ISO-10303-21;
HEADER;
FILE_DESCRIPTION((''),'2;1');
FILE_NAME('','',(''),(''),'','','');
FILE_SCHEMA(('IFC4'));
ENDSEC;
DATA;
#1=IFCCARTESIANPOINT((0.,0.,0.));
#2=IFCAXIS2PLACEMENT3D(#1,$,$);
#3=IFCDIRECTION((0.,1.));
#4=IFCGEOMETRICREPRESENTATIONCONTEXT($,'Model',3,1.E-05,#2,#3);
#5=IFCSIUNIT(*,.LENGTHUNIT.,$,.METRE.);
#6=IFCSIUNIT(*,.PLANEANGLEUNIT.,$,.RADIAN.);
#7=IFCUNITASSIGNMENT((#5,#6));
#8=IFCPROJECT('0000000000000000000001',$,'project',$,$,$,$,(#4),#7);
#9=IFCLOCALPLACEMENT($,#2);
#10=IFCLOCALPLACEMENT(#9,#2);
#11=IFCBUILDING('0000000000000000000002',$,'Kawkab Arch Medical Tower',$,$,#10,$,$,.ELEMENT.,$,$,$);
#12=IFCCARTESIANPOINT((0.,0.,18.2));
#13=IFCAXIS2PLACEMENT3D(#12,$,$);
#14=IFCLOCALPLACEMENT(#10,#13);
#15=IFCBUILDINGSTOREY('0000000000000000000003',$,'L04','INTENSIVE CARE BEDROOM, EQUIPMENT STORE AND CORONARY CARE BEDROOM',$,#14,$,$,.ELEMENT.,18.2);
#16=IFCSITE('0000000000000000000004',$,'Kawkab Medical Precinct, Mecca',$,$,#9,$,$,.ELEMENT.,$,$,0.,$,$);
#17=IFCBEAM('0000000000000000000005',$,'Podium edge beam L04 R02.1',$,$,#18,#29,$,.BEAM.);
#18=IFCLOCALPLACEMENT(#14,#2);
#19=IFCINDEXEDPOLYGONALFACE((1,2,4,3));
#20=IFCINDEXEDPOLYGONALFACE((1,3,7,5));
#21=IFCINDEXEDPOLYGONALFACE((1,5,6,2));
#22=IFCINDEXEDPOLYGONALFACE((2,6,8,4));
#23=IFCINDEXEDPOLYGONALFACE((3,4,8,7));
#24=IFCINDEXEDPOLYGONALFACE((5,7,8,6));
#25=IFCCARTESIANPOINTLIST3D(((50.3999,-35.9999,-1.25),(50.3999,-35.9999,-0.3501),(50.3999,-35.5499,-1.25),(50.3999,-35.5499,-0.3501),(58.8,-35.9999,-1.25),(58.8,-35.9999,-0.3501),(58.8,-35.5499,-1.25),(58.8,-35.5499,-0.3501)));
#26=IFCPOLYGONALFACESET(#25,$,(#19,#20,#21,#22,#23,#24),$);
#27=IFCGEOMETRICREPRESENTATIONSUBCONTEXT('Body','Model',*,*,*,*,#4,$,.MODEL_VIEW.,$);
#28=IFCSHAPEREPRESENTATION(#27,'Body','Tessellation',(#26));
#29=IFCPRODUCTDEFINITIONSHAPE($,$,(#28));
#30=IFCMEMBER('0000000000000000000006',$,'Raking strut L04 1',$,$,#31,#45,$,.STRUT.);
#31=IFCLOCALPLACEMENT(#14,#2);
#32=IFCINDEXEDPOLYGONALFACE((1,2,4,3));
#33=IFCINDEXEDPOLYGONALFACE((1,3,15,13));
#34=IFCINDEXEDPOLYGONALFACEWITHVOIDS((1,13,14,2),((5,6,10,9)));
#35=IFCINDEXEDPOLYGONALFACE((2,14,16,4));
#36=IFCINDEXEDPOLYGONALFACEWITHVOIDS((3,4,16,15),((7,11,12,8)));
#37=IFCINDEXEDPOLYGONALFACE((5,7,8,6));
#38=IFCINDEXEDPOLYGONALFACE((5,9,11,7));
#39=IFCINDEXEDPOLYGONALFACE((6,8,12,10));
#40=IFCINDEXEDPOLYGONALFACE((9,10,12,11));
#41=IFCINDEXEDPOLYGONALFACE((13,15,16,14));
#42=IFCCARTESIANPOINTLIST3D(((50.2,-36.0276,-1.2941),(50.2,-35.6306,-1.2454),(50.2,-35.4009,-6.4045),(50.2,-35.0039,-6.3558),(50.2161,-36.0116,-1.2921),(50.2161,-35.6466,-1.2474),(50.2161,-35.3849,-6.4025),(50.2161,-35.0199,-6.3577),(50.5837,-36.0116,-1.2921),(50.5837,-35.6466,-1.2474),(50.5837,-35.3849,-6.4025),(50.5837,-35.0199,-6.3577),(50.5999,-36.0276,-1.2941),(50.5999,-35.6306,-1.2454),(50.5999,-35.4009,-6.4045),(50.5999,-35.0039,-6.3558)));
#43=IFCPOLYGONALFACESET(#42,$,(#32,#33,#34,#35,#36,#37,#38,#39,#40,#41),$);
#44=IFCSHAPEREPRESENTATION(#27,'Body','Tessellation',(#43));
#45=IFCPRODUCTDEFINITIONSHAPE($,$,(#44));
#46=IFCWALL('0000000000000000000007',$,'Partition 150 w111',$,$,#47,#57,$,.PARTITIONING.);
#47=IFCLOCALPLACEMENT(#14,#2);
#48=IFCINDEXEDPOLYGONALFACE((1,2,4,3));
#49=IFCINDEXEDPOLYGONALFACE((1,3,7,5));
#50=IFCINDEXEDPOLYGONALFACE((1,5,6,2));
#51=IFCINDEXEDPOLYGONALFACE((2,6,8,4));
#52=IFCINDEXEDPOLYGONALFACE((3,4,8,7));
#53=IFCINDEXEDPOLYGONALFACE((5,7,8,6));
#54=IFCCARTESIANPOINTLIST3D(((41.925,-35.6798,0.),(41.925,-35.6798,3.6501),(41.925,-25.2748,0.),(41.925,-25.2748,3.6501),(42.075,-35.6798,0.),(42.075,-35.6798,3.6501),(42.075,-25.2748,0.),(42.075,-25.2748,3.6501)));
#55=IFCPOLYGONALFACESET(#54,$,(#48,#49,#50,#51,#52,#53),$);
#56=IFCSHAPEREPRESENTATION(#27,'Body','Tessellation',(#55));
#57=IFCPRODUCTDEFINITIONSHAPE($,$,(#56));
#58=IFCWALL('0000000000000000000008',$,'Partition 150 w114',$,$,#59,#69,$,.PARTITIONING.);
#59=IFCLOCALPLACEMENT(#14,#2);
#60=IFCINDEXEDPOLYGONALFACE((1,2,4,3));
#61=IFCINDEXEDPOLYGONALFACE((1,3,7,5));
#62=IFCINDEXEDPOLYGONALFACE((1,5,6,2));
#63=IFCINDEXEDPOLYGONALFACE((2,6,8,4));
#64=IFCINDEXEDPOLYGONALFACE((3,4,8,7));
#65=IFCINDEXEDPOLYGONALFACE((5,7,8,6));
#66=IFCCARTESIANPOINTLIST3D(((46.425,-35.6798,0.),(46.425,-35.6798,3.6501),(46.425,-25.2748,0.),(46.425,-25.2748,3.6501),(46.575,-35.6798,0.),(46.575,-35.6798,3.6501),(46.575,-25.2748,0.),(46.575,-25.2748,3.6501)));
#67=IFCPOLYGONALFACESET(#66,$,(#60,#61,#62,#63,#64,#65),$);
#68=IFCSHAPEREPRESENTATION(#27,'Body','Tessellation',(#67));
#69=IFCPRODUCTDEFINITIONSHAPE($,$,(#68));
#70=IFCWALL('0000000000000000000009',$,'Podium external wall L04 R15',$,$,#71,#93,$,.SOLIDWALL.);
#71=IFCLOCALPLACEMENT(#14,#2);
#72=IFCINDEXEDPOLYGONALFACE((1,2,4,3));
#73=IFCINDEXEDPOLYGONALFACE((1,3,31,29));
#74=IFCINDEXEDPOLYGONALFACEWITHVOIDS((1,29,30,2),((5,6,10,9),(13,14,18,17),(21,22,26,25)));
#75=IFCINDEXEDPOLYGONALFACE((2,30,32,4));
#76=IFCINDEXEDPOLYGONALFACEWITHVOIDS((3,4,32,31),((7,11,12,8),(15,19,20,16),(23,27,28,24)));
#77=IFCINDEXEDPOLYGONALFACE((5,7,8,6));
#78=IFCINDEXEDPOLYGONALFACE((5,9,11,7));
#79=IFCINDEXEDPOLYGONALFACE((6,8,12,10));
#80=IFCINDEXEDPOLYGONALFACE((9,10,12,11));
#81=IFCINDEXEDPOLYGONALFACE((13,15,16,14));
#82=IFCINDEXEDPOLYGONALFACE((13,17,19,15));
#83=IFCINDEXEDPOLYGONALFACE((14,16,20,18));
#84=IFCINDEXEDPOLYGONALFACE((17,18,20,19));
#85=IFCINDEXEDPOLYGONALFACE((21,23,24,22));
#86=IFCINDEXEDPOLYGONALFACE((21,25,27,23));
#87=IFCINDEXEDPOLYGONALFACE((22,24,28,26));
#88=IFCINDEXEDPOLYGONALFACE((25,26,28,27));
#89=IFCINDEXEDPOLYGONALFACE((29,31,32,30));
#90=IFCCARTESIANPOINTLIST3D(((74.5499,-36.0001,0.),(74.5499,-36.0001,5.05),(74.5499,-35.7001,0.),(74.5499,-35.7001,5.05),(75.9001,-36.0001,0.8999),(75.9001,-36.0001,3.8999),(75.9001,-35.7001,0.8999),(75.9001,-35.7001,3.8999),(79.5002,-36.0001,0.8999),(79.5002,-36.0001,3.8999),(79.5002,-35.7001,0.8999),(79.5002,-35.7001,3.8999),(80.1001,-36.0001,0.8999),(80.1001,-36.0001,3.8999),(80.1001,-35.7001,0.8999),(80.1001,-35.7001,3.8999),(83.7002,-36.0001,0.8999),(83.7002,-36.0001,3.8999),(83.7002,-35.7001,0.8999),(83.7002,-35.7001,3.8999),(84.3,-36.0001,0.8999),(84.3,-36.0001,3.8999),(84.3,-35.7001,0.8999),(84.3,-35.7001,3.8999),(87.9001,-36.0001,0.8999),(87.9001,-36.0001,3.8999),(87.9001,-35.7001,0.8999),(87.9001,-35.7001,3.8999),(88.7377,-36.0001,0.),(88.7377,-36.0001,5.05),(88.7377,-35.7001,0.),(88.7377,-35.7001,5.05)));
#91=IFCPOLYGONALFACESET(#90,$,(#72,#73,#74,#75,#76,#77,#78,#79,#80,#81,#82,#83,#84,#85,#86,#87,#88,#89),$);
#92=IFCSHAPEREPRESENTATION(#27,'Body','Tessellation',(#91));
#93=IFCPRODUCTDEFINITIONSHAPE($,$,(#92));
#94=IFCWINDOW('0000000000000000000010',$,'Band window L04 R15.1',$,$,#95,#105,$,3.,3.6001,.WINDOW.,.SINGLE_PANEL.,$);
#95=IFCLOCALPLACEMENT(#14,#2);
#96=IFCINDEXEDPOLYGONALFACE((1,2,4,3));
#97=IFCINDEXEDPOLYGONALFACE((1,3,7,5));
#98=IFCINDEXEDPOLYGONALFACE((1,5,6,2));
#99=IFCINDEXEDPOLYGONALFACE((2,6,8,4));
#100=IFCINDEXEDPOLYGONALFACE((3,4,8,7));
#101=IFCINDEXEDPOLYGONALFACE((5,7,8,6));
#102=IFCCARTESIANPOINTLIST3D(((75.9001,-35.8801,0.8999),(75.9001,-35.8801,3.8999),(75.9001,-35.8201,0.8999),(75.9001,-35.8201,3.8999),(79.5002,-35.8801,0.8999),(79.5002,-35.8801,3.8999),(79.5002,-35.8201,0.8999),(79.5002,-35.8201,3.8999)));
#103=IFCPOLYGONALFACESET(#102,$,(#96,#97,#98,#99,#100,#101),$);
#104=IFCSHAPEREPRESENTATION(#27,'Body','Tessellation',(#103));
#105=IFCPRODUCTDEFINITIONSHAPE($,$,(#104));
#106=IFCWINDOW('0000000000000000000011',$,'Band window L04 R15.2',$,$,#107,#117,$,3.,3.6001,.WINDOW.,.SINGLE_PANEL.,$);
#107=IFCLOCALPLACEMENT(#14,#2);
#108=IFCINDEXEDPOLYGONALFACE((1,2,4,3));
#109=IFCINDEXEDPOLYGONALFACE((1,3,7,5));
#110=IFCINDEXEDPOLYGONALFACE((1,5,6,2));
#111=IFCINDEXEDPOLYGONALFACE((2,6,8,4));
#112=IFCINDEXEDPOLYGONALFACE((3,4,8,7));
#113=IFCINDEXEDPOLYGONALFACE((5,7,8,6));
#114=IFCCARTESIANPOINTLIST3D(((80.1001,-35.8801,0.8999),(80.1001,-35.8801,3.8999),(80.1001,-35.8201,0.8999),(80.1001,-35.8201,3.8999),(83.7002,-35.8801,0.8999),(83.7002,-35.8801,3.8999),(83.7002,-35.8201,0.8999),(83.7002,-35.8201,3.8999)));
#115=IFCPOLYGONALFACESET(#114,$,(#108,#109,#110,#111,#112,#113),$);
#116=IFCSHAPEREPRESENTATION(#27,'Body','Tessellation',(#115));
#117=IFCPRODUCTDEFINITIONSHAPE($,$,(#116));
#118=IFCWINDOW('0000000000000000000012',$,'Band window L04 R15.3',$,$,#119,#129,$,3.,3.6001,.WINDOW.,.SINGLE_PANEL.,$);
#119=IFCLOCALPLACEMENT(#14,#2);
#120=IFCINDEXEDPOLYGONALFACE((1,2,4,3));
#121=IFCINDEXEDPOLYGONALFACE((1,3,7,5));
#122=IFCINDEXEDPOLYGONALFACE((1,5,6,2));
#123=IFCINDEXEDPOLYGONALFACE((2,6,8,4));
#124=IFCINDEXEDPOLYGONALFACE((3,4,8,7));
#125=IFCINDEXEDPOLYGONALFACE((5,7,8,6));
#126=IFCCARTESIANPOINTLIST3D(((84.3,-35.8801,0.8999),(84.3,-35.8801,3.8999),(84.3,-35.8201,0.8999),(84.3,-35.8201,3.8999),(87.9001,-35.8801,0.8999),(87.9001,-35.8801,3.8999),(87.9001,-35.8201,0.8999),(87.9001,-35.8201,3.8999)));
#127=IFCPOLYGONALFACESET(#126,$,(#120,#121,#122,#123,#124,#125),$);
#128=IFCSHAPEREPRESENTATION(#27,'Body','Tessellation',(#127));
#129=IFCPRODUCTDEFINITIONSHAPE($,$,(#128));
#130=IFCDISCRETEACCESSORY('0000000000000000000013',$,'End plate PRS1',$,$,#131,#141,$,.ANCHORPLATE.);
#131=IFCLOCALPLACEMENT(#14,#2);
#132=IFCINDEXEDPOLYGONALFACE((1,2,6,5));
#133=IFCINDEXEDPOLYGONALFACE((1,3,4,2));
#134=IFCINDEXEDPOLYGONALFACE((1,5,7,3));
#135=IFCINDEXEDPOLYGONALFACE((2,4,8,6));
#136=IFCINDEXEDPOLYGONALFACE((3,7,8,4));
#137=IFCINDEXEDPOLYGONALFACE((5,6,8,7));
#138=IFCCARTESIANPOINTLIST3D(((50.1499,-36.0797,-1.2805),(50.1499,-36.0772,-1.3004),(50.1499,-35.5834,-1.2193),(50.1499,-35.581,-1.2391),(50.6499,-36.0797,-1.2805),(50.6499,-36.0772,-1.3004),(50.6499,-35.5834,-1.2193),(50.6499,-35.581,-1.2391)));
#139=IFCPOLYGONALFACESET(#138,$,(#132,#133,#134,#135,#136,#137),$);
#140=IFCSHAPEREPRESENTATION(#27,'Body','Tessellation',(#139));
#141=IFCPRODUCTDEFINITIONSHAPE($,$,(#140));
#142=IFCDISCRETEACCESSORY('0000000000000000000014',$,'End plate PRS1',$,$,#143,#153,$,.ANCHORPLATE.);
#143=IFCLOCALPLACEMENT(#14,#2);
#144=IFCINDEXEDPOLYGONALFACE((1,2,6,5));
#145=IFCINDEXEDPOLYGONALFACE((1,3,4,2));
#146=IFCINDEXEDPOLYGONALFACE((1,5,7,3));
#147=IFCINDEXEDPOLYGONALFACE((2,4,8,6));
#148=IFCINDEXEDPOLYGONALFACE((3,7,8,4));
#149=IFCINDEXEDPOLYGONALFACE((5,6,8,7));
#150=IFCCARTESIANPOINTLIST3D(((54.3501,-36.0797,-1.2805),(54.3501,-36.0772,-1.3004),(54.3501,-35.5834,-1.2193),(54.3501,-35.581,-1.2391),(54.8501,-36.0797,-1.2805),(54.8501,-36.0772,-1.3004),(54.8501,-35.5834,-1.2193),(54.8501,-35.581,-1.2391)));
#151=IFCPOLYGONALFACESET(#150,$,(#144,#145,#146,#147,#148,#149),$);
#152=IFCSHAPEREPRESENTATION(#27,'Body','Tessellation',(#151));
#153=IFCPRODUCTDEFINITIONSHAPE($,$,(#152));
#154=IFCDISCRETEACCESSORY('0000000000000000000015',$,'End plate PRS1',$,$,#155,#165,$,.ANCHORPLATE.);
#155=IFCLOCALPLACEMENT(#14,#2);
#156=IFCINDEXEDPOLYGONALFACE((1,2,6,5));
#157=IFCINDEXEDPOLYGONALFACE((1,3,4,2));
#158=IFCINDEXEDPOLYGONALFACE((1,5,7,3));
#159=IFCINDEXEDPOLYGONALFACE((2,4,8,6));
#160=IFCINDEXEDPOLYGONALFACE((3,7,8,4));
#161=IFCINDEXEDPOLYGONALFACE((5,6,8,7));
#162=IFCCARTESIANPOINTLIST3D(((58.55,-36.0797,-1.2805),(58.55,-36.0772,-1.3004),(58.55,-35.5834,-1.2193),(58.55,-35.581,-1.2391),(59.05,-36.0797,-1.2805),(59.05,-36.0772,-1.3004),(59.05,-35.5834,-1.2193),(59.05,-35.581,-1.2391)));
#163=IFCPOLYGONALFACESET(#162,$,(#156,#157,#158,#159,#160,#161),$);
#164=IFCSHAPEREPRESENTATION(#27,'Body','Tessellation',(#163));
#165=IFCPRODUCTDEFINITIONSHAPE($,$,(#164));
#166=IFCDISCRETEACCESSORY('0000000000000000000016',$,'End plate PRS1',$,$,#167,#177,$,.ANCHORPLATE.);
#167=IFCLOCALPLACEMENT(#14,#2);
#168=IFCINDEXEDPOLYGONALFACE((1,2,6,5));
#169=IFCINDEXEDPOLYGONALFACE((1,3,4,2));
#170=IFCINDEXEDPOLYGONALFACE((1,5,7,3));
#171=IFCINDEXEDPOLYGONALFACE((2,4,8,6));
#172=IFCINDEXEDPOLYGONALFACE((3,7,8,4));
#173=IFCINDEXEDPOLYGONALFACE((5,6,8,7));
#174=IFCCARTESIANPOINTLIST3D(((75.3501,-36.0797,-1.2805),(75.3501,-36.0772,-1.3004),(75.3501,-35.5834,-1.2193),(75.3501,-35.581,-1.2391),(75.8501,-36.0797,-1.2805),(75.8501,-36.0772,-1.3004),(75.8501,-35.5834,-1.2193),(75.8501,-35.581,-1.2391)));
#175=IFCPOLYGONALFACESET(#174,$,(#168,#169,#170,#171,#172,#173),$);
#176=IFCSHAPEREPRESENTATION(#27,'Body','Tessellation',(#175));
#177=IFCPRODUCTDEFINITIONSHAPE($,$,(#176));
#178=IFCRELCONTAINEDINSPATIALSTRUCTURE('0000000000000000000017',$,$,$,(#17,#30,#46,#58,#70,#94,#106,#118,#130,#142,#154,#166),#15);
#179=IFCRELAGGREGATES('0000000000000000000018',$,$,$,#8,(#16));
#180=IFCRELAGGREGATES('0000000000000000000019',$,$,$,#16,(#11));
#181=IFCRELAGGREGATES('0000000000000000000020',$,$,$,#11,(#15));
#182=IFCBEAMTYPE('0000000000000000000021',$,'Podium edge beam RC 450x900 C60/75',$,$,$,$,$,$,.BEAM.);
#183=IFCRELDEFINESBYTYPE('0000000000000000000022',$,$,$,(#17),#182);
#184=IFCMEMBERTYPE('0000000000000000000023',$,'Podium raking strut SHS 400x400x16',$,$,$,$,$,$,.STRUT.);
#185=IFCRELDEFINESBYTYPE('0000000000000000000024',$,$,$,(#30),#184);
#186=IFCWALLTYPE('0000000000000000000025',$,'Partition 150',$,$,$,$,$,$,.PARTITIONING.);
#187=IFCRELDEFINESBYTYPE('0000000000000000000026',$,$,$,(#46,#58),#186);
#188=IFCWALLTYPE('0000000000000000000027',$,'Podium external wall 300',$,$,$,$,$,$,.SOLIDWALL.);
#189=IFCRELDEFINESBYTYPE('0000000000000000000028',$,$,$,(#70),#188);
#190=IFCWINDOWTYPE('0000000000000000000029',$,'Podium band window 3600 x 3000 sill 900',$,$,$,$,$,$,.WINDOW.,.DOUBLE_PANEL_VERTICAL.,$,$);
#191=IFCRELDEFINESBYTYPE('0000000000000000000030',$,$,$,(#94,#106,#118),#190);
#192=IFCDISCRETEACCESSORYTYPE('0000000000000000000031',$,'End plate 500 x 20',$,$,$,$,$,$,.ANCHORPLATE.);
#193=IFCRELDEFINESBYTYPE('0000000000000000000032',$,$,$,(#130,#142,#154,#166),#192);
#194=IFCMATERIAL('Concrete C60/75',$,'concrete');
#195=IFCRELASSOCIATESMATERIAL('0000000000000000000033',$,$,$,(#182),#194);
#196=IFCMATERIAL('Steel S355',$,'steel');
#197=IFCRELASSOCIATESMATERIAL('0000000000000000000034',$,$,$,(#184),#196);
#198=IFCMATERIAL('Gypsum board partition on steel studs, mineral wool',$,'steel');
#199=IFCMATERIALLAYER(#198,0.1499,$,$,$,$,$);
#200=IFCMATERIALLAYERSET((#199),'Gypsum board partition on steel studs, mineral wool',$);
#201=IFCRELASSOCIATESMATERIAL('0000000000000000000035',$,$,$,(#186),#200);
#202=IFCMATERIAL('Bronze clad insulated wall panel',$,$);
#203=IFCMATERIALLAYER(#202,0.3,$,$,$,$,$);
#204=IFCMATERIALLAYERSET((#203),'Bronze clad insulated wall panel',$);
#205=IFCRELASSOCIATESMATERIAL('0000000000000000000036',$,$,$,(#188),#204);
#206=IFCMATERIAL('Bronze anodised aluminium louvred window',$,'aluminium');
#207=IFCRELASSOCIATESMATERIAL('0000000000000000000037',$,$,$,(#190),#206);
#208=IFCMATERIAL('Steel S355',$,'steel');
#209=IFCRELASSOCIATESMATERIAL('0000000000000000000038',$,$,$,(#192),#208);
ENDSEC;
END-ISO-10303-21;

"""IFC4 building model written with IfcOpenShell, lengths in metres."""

from ifc_helpers import new_model, si_unit, direction, frame, frame_2d, origin, origin_2d, place, context, subcontext, project, spatial, rectangle, hollow_rectangle, extrude, material, layer, layer_set, material_profile, profile_set, type_object, element, fill, save


model = new_model("IFC4")

# Units and contexts
model_context = context("Model", 3, precision=1e-05, world=origin(), true_north=direction((0.0, 1.0)))
body_context = subcontext(model_context, "Body", "Model", "MODEL_VIEW")
ifc_project = project(units=[si_unit("LENGTHUNIT", "METRE"), si_unit("PLANEANGLEUNIT", "RADIAN")], contexts=[model_context])

# Site, building, storey
site_placement = place(None, origin())
site = spatial("IfcSite", under=ifc_project, at=site_placement, Name="Kawkab Medical Precinct, Mecca", CompositionType="ELEMENT", RefElevation=0.0)
building_placement = place(site_placement, origin())
building = spatial("IfcBuilding", under=site, at=building_placement, Name="Kawkab Arch Medical Tower", CompositionType="ELEMENT")
storey_placement = place(building_placement, frame((0.0, 0.0, 18.2)))
storey = spatial("IfcBuildingStorey", under=building, at=storey_placement, Name="L04", Description="INTENSIVE CARE BEDROOM, EQUIPMENT STORE AND CORONARY CARE BEDROOM", CompositionType="ELEMENT", Elevation=18.2)

# Beam
ifc_material_1 = material(Name="Concrete C60/75", Category="concrete")
ifc_material_profile_1 = material_profile(ifc_material_1, rectangle(XDim=0.45, YDim=0.8999, at=origin_2d()), Name="RC 450x900")
ifc_profile_set_1 = profile_set([ifc_material_profile_1], Name="Concrete C60/75")
beam_type = type_object("IfcBeamType", Name="Podium edge beam RC 450x900 C60/75", PredefinedType="BEAM", material=ifc_profile_set_1)
beam_placement = place(storey_placement, frame((50.3999, -35.7749, -0.8), z_axis=(1.0, 0.0, 0.0), x_axis=(0.0, 1.0, 0.0)))
element("IfcBeam", 1, at=beam_placement, inside=storey, type_object=beam_type, Name="Podium edge beam L04 R02.1", PredefinedType="BEAM", context=body_context, shape_type="SweptSolid", body=[
    extrude(rectangle(XDim=0.45, YDim=0.8999, at=origin_2d()), origin(), (0.0, 0.0, 1.0), 8.4001),
])

# Member
ifc_material_2 = material(Name="Steel S355", Category="steel")
ifc_material_profile_2 = material_profile(ifc_material_2, hollow_rectangle(XDim=0.3999, YDim=0.3999, WallThickness=0.0161, at=origin_2d()), Name="SHS 400x400x16")
ifc_profile_set_2 = profile_set([ifc_material_profile_2], Name="Steel S355")
member_type = type_object("IfcMemberType", Name="Podium raking strut SHS 400x400x16", PredefinedType="STRUT", material=ifc_profile_set_2)
member_placement = place(storey_placement, frame((50.3999, -35.2024, -6.3801), z_axis=(0.0, -0.121723, 0.992564), x_axis=(1.0, 0.0, 0.0)))
element("IfcMember", 2, at=member_placement, inside=storey, type_object=member_type, Name="Raking strut L04 1", PredefinedType="STRUT", context=body_context, shape_type="SweptSolid", body=[
    extrude(hollow_rectangle(XDim=0.3999, YDim=0.3999, WallThickness=0.0161, at=origin_2d()), origin(), (0.0, 0.0, 1.0), 5.1487),
])

# Walls
ifc_material_3 = material(Name="Gypsum board partition on steel studs, mineral wool", Category="steel")
ifc_layer_1 = layer(ifc_material_3, 0.1499)
ifc_layer_set_1 = layer_set([ifc_layer_1], Name="Gypsum board partition on steel studs, mineral wool")
wall_type_1 = type_object("IfcWallType", Name="Partition 150", PredefinedType="PARTITIONING", material=ifc_layer_set_1)
for number, where, z_axis, x_axis, name in (
    (3, (42.0, -35.6799, 0.0), (0.0, 0.0, 1.0), (0.0, 1.0, 0.0), "Partition 150 w111"),
    (4, (46.5, -35.6799, 0.0), (0.0, 0.0, 1.0), (0.0, 1.0, 0.0), "Partition 150 w114"),
):
    element("IfcWall", number, at=place(storey_placement, frame(where, z_axis=z_axis, x_axis=x_axis)), inside=storey, type_object=wall_type_1, Name=name, PredefinedType="PARTITIONING", context=body_context, shape_type="SweptSolid", body=[
        extrude(rectangle(XDim=10.405, YDim=0.1499, at=frame_2d((5.2026, 0.0))), origin(), (0.0, 0.0, 1.0), 3.6501),
    ])

# Wall, openings, windows
ifc_material_4 = material(Name="Bronze clad insulated wall panel")
ifc_layer_2 = layer(ifc_material_4, 0.3)
ifc_layer_set_2 = layer_set([ifc_layer_2], Name="Bronze clad insulated wall panel")
wall_type_2 = type_object("IfcWallType", Name="Podium external wall 300", PredefinedType="SOLIDWALL", material=ifc_layer_set_2)
wall_placement = place(storey_placement, frame((74.55, -35.8501, 0.0), z_axis=(0.0, 0.0, 1.0), x_axis=(1.0, 0.0, 0.0)))
wall = element("IfcWall", 5, at=wall_placement, inside=storey, type_object=wall_type_2, Name="Podium external wall L04 R15", PredefinedType="SOLIDWALL", context=body_context, shape_type="SweptSolid", body=[
    extrude(rectangle(XDim=14.1877, YDim=0.3, at=frame_2d((7.0938, 0.0))), origin(), (0.0, 0.0, 1.0), 5.05),
])
opening_1_placement = place(wall_placement, frame((1.3501, 0.0, 0.8999)))
opening_1 = element("IfcOpeningElement", 6, at=opening_1_placement, cuts=wall, PredefinedType="OPENING", context=body_context, shape_type="SweptSolid", body=[
    extrude(rectangle(XDim=3.6001, YDim=3.0, at=frame_2d((1.8, 1.5))), frame((0.0, 0.1599, 0.0), z_axis=(0.0, -1.0, 0.0), x_axis=(1.0, 0.0, 0.0)), (0.0, 0.0, 1.0), 0.3201),
])
opening_2_placement = place(wall_placement, frame((5.55, 0.0, 0.8999)))
opening_2 = element("IfcOpeningElement", 7, at=opening_2_placement, cuts=wall, PredefinedType="OPENING", context=body_context, shape_type="SweptSolid", body=[
    extrude(rectangle(XDim=3.6001, YDim=3.0, at=frame_2d((1.8, 1.5))), frame((0.0, 0.1599, 0.0), z_axis=(0.0, -1.0, 0.0), x_axis=(1.0, 0.0, 0.0)), (0.0, 0.0, 1.0), 0.3201),
])
opening_3_placement = place(wall_placement, frame((9.75, 0.0, 0.8999)))
opening_3 = element("IfcOpeningElement", 8, at=opening_3_placement, cuts=wall, PredefinedType="OPENING", context=body_context, shape_type="SweptSolid", body=[
    extrude(rectangle(XDim=3.6001, YDim=3.0, at=frame_2d((1.8, 1.5))), frame((0.0, 0.1599, 0.0), z_axis=(0.0, -1.0, 0.0), x_axis=(1.0, 0.0, 0.0)), (0.0, 0.0, 1.0), 0.3201),
])
ifc_material_5 = material(Name="Bronze anodised aluminium louvred window", Category="aluminium")
window_type = type_object("IfcWindowType", Name="Podium band window 3600 x 3000 sill 900", PartitioningType="DOUBLE_PANEL_VERTICAL", PredefinedType="WINDOW", material=ifc_material_5)
window_1_placement = place(opening_1_placement, origin())
window_1 = element("IfcWindow", 9, at=window_1_placement, inside=storey, type_object=window_type, Name="Band window L04 R15.1", OverallHeight=3.0, OverallWidth=3.6001, PartitioningType="SINGLE_PANEL", PredefinedType="WINDOW", context=body_context, shape_type="SweptSolid", body=[
    extrude(rectangle(XDim=3.6001, YDim=3.0, at=frame_2d((1.8, 1.5))), frame((0.0, 0.03, 0.0), z_axis=(0.0, -1.0, 0.0), x_axis=(1.0, 0.0, 0.0)), (0.0, 0.0, 1.0), 0.0601),
])
fill(opening_1, window_1)
window_2_placement = place(opening_2_placement, origin())
window_2 = element("IfcWindow", 10, at=window_2_placement, inside=storey, type_object=window_type, Name="Band window L04 R15.2", OverallHeight=3.0, OverallWidth=3.6001, PartitioningType="SINGLE_PANEL", PredefinedType="WINDOW", context=body_context, shape_type="SweptSolid", body=[
    extrude(rectangle(XDim=3.6001, YDim=3.0, at=frame_2d((1.8, 1.5))), frame((0.0, 0.03, 0.0), z_axis=(0.0, -1.0, 0.0), x_axis=(1.0, 0.0, 0.0)), (0.0, 0.0, 1.0), 0.0601),
])
fill(opening_2, window_2)
window_3_placement = place(opening_3_placement, origin())
window_3 = element("IfcWindow", 11, at=window_3_placement, inside=storey, type_object=window_type, Name="Band window L04 R15.3", OverallHeight=3.0, OverallWidth=3.6001, PartitioningType="SINGLE_PANEL", PredefinedType="WINDOW", context=body_context, shape_type="SweptSolid", body=[
    extrude(rectangle(XDim=3.6001, YDim=3.0, at=frame_2d((1.8, 1.5))), frame((0.0, 0.03, 0.0), z_axis=(0.0, -1.0, 0.0), x_axis=(1.0, 0.0, 0.0)), (0.0, 0.0, 1.0), 0.0601),
])
fill(opening_3, window_3)

# Discrete accessories
ifc_material_6 = material(Name="Steel S355", Category="steel")
ifc_material_profile_3 = material_profile(ifc_material_6, rectangle(XDim=0.5, YDim=0.5, at=origin_2d()), Name="End plate 500 x 20")
ifc_profile_set_3 = profile_set([ifc_material_profile_3], Name="Steel S355")
discrete_accessory_type = type_object("IfcDiscreteAccessoryType", Name="End plate 500 x 20", PredefinedType="ANCHORPLATE", material=ifc_profile_set_3)
for number, where, z_axis, x_axis, name in (
    (12, (50.3999, -35.8291, -1.2698), (0.0, -0.122527, 0.992465), (1.0, 0.0, 0.0), "End plate PRS1"),
    (13, (54.6001, -35.8291, -1.2698), (0.0, -0.122527, 0.992465), (1.0, 0.0, 0.0), "End plate PRS1"),
    (14, (58.8, -35.8291, -1.2698), (0.0, -0.122527, 0.992465), (1.0, 0.0, 0.0), "End plate PRS1"),
    (15, (75.6001, -35.8291, -1.2698), (0.0, -0.122527, 0.992465), (1.0, 0.0, 0.0), "End plate PRS1"),
):
    element("IfcDiscreteAccessory", number, at=place(storey_placement, frame(where, z_axis=z_axis, x_axis=x_axis)), inside=storey, type_object=discrete_accessory_type, Name=name, PredefinedType="ANCHORPLATE", context=body_context, shape_type="SweptSolid", body=[
        extrude(rectangle(XDim=0.5, YDim=0.5, at=origin_2d()), origin(), (0.0, 0.0, 1.0), 0.02),
    ])

save(model, "model.ifc")
